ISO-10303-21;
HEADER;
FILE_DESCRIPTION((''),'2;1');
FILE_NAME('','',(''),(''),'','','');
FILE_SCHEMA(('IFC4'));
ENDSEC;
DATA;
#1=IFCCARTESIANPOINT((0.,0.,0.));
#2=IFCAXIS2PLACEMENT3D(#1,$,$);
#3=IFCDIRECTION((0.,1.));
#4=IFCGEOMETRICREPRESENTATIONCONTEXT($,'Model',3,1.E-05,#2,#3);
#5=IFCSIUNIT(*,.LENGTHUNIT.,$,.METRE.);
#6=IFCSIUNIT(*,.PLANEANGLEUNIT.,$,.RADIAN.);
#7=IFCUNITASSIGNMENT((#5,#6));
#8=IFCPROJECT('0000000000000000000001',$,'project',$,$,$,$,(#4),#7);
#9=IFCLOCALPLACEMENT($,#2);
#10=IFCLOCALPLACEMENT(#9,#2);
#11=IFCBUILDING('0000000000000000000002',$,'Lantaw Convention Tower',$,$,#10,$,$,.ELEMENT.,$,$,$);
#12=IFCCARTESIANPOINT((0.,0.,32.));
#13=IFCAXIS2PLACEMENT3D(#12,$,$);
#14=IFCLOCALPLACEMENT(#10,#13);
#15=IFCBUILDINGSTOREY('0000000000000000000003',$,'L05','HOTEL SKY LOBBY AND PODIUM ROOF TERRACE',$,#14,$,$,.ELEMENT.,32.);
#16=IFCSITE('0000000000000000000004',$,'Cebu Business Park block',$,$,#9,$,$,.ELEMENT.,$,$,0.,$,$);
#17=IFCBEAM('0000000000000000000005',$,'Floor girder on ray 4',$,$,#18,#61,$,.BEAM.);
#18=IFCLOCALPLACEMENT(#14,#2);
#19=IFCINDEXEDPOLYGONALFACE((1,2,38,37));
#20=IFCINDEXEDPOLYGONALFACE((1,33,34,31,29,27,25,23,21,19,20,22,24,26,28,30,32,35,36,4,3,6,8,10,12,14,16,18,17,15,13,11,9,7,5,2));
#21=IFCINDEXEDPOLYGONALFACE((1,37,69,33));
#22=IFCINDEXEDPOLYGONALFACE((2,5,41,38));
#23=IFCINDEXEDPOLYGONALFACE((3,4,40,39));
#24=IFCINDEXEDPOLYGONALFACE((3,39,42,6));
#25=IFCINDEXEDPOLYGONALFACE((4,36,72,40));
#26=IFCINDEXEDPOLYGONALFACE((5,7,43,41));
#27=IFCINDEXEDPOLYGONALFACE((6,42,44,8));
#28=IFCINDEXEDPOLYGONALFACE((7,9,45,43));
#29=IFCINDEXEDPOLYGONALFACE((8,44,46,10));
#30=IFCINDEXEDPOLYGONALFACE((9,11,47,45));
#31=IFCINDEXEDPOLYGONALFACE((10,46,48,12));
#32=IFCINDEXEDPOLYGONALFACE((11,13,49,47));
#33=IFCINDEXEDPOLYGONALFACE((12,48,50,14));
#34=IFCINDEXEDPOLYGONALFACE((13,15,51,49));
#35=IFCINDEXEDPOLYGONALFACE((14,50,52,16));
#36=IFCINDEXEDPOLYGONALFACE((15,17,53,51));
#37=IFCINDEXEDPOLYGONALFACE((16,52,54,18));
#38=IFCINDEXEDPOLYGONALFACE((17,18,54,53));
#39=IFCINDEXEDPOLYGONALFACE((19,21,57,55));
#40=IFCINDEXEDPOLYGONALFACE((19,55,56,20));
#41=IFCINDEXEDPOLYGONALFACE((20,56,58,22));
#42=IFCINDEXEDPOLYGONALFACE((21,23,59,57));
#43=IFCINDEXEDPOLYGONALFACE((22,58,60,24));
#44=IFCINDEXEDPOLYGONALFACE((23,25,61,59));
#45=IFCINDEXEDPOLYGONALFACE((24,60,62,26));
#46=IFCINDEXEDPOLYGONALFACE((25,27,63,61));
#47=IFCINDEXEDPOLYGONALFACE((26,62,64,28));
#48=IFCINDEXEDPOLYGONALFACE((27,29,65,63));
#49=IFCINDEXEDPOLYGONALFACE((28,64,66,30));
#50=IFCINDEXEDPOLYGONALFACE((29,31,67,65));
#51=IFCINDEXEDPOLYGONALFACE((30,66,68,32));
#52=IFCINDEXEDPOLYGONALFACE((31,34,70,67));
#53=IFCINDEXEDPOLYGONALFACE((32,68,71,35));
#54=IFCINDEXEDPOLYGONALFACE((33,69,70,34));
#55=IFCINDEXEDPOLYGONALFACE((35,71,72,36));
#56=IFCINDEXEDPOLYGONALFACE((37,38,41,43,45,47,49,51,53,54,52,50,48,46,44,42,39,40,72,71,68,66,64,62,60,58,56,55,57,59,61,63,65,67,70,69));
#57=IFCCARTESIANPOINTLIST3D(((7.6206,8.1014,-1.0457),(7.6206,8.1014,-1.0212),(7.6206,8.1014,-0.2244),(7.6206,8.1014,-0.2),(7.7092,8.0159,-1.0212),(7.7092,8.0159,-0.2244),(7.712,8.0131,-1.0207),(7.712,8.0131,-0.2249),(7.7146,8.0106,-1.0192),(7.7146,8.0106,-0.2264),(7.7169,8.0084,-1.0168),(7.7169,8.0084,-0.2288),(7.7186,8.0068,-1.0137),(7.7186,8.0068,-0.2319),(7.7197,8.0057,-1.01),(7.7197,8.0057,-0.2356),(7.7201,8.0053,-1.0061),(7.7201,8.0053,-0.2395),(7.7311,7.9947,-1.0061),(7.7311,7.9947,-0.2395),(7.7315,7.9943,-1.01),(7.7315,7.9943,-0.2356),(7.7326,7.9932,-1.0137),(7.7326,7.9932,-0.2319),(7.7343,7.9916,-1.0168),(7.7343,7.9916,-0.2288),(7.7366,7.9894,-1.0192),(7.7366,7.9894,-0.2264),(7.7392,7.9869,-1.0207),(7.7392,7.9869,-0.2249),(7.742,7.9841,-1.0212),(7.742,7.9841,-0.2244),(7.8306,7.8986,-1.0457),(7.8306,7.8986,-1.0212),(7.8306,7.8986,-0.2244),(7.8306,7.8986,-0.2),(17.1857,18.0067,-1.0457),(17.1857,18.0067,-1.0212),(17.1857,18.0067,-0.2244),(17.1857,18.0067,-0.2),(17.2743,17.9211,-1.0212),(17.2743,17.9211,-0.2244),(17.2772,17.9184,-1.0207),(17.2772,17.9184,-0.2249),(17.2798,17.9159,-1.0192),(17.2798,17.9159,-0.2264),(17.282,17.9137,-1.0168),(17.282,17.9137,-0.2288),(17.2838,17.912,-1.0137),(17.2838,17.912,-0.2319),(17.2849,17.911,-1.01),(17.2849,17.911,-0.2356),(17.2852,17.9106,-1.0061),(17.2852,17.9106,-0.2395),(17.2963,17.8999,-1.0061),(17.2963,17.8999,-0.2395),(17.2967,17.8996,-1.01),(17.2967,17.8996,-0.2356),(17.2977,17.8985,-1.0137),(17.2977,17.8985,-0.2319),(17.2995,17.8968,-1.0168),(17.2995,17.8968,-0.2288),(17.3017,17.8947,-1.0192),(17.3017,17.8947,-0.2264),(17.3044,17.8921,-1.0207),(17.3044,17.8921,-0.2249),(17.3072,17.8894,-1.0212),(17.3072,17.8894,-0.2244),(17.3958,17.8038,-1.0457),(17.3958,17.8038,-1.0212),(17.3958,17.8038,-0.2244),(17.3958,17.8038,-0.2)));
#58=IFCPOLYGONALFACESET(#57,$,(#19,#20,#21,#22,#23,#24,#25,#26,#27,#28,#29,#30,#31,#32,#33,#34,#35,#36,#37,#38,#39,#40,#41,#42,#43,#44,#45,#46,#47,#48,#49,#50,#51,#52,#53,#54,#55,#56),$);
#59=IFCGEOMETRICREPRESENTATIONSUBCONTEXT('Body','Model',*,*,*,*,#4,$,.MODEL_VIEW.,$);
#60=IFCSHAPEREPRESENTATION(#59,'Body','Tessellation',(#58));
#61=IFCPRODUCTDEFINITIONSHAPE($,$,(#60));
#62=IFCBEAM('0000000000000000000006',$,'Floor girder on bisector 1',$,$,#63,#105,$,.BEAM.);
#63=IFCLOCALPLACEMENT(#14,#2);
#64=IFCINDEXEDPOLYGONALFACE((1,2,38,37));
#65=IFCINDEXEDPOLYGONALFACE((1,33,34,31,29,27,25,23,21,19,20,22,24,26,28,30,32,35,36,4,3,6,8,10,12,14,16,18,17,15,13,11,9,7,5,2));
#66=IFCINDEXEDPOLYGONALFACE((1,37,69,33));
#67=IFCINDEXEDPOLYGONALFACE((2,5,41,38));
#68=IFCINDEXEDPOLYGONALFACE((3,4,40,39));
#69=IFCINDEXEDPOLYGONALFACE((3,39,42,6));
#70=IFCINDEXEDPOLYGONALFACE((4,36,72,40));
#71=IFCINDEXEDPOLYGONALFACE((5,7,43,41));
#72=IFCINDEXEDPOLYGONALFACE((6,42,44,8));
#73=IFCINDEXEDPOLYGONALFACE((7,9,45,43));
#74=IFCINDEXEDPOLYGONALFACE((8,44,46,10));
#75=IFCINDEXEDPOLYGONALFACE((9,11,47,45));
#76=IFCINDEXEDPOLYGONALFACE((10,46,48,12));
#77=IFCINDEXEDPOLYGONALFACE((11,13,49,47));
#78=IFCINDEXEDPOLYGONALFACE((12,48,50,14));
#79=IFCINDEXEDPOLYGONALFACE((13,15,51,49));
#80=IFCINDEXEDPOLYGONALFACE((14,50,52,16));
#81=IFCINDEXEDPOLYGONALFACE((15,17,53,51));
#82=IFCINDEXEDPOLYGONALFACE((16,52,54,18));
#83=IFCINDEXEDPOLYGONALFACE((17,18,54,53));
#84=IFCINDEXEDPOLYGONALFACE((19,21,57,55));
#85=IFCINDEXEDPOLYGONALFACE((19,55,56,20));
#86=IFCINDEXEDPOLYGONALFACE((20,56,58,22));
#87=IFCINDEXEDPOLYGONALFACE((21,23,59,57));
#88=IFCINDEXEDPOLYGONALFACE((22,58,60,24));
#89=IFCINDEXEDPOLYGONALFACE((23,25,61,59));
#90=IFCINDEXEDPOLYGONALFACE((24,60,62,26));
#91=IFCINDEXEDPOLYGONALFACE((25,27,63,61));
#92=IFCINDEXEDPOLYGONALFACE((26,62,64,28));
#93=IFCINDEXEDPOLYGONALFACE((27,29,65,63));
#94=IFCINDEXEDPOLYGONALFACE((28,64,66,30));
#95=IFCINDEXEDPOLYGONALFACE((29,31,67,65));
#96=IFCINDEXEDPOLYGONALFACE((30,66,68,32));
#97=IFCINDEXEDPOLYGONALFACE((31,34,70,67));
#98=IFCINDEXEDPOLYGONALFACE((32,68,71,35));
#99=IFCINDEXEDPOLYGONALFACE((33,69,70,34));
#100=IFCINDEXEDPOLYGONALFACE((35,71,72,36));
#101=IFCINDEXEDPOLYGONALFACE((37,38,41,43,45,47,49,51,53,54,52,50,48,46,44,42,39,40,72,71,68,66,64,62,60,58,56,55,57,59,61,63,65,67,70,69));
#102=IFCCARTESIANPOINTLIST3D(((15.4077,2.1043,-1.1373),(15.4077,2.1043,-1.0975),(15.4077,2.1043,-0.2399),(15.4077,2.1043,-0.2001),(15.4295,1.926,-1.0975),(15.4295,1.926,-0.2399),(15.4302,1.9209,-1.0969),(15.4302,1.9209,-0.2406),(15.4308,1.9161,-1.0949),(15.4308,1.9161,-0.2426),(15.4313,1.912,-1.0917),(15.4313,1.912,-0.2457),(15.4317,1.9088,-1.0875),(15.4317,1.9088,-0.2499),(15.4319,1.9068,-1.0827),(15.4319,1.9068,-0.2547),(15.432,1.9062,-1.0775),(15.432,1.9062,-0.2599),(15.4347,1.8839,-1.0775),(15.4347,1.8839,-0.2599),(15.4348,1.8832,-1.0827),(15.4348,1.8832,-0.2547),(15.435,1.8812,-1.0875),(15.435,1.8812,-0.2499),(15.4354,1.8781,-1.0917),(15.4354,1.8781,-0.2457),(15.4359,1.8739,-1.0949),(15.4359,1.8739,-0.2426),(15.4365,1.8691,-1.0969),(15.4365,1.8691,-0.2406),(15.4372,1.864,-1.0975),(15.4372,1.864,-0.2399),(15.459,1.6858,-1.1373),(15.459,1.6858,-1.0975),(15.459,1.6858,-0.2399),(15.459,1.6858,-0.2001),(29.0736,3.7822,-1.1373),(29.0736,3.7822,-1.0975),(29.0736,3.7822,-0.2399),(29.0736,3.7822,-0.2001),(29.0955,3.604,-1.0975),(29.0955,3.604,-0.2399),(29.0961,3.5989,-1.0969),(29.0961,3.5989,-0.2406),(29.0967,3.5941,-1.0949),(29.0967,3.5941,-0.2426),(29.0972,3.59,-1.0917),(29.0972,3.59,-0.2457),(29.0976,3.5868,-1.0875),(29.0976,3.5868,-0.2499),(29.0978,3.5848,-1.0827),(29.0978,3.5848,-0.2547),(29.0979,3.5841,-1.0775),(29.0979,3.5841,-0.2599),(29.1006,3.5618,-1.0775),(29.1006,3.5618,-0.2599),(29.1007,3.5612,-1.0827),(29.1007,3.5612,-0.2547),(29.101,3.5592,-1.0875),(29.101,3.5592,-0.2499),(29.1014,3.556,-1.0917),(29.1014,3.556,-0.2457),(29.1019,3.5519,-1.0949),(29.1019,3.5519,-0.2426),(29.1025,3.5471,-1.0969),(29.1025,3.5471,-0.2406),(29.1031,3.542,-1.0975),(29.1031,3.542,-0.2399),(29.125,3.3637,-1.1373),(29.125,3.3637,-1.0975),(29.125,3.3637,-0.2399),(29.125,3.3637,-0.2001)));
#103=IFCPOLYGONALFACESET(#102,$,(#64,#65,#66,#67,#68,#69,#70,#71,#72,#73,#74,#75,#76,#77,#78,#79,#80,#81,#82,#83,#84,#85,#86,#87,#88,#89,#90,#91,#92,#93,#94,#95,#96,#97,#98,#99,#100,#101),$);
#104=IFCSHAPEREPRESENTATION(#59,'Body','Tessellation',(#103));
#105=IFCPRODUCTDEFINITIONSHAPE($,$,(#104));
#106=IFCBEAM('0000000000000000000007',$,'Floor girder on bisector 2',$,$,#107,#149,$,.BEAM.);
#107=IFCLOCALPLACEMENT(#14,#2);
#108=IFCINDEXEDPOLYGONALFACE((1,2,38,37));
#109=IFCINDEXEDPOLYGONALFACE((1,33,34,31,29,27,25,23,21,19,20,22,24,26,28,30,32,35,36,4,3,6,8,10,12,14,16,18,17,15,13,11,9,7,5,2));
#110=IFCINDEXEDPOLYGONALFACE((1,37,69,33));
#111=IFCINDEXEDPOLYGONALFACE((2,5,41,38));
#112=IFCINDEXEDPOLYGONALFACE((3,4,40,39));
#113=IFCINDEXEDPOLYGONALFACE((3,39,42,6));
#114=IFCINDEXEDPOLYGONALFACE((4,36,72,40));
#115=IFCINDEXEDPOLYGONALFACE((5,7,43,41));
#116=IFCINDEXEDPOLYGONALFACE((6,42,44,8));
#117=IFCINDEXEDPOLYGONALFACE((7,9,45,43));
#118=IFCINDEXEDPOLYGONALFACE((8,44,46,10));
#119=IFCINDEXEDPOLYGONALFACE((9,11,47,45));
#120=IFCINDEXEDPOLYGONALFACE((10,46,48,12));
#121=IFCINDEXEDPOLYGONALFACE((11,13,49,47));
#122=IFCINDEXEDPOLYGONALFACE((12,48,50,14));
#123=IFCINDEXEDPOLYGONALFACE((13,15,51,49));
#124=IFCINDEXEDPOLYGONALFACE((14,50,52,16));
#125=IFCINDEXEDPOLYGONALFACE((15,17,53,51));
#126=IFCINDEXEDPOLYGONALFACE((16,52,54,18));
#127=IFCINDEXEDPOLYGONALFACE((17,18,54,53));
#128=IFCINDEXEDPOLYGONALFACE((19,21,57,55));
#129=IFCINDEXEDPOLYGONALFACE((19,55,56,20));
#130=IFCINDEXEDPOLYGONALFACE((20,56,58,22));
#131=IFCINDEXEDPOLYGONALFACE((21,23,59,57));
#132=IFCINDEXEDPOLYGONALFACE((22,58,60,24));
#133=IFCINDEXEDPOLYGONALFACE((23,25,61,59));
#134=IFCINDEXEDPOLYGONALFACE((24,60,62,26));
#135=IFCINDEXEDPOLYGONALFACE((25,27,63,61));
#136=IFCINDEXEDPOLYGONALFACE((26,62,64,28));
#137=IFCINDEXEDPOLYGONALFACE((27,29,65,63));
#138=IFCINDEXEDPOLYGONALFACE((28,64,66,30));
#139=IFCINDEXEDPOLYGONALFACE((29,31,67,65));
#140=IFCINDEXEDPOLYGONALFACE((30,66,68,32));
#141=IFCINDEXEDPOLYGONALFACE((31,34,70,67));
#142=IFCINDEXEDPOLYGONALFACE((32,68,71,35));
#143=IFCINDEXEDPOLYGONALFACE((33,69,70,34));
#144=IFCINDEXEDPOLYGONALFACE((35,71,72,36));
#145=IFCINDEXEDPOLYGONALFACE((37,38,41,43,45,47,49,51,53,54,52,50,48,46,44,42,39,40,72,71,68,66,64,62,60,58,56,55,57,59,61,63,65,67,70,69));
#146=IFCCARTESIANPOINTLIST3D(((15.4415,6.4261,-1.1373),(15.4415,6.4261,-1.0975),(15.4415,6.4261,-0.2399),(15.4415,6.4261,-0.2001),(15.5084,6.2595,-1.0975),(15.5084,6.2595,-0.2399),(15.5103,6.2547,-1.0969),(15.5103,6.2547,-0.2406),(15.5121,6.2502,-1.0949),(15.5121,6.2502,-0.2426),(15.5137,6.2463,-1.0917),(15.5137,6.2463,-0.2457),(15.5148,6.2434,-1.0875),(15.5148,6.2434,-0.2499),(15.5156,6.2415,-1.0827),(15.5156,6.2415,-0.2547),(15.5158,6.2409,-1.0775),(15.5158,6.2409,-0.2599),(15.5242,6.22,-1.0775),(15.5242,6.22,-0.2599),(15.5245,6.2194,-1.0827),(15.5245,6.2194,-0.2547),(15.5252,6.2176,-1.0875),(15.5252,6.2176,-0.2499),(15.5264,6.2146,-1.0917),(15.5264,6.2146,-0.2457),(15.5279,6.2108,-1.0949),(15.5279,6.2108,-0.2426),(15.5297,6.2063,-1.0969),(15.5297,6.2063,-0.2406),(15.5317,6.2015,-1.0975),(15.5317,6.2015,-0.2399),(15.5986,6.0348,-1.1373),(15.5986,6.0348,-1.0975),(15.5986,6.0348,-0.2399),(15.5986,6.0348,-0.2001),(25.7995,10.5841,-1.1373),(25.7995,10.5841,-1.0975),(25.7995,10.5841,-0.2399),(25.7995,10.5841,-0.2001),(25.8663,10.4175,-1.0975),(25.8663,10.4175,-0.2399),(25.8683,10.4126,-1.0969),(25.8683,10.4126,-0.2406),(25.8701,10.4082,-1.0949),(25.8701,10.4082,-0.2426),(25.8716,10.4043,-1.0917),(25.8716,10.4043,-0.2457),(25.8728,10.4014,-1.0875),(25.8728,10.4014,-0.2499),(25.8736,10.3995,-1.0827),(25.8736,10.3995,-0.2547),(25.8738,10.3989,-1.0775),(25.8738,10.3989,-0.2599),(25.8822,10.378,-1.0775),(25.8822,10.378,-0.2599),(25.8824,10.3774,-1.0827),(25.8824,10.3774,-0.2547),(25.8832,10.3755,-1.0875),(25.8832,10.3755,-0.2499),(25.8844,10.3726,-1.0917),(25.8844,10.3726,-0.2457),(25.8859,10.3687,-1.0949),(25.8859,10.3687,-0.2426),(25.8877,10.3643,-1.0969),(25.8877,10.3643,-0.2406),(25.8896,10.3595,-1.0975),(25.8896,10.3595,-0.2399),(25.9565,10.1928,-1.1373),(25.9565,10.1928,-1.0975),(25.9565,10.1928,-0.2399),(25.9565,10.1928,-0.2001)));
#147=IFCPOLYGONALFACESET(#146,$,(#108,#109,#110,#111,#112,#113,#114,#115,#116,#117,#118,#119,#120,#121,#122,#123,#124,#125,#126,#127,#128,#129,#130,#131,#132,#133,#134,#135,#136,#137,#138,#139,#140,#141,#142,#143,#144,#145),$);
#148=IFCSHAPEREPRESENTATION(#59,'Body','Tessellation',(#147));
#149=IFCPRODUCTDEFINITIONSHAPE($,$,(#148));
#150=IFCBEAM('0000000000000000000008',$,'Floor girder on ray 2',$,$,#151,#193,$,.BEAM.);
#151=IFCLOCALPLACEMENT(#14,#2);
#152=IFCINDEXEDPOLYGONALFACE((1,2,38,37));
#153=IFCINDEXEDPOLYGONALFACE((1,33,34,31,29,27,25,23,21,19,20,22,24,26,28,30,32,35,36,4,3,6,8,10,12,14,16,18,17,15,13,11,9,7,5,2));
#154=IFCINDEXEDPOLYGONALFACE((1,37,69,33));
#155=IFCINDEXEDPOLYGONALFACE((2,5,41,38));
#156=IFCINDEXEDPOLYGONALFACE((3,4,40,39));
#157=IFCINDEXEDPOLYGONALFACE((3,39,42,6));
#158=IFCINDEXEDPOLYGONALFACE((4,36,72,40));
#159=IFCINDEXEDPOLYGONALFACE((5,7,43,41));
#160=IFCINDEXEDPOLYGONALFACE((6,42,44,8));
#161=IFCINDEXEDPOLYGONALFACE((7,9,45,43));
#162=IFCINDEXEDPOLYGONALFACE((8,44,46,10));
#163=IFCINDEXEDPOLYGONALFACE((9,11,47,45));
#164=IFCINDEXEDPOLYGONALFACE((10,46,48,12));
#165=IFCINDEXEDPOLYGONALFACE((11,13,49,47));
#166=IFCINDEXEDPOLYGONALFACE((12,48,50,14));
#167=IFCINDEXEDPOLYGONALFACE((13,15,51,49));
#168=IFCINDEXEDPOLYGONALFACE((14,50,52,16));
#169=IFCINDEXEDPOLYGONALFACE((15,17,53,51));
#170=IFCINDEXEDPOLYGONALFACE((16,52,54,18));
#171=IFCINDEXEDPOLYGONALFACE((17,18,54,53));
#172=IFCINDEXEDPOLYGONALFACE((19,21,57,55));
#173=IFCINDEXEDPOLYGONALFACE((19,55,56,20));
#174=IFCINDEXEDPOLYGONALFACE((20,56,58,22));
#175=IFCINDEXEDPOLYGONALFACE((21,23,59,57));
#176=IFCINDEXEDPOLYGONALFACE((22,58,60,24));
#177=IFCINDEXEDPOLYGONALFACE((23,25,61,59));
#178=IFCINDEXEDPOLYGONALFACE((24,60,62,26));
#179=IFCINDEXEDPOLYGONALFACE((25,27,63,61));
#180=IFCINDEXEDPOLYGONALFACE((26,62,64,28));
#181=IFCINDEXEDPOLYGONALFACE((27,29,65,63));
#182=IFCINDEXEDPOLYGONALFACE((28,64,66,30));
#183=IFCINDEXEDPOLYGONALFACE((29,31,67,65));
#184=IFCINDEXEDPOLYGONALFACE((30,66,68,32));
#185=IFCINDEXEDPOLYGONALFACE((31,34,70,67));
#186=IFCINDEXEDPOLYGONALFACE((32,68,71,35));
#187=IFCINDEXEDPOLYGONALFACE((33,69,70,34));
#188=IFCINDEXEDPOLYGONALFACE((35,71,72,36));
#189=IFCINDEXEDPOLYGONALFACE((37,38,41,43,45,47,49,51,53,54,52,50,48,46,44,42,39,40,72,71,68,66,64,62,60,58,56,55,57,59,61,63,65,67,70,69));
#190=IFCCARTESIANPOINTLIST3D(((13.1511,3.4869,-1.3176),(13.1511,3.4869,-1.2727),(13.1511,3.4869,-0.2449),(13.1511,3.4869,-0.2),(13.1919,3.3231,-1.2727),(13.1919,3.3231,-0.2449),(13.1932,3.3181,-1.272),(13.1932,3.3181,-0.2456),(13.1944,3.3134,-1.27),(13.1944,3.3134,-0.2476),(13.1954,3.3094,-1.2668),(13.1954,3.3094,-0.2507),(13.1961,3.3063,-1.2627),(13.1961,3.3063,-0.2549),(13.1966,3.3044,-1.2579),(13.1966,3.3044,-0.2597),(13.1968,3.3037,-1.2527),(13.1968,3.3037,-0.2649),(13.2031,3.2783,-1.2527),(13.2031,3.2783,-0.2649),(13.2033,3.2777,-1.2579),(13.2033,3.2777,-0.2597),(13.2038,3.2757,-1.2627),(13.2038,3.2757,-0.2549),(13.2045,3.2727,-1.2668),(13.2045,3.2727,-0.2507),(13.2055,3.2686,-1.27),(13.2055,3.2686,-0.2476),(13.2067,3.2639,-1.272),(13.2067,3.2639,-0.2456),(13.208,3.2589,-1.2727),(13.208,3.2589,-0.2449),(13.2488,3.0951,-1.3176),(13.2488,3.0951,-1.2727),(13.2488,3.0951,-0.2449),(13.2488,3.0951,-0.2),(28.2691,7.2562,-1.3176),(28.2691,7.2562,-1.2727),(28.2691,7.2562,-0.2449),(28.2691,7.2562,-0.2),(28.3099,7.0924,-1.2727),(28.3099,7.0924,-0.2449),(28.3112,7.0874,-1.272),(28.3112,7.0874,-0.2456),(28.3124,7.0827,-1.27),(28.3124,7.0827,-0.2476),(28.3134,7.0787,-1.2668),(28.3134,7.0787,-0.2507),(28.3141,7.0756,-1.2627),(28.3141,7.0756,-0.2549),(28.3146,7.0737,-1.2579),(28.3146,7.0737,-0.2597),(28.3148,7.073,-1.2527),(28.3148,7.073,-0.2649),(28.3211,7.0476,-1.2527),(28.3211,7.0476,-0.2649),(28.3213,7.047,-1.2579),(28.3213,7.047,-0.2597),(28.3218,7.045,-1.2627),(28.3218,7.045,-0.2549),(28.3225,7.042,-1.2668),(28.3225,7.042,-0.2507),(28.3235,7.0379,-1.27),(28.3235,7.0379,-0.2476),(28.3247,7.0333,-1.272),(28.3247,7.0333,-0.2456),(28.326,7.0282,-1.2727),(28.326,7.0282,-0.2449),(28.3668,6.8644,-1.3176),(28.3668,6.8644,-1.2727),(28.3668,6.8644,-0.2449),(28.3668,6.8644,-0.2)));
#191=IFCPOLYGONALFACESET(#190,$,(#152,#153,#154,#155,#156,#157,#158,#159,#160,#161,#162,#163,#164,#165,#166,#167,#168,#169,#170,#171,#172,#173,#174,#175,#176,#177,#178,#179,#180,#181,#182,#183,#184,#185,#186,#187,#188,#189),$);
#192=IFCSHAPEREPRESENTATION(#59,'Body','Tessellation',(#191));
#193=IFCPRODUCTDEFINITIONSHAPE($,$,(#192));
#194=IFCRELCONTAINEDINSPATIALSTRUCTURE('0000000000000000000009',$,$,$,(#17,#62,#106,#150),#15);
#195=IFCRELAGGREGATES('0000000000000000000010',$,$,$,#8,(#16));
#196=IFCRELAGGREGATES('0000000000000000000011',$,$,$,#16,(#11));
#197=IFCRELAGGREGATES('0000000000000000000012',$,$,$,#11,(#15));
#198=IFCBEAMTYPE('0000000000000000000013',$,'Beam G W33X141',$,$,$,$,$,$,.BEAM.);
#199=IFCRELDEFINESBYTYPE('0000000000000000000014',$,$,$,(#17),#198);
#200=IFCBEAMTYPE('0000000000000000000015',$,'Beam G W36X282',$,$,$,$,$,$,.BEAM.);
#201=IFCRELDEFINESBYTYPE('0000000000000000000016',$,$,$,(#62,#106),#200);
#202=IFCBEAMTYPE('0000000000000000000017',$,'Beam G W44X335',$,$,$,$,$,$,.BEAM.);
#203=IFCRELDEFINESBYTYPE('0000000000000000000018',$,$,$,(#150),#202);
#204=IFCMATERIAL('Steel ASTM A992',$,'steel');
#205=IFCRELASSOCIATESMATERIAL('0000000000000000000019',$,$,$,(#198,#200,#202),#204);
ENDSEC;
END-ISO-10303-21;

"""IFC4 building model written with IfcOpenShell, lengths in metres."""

from ifc_helpers import new_model, si_unit, direction, frame, origin, origin_2d, place, context, subcontext, project, spatial, i_section, extrude, material, material_profile, profile_set, type_object, element, save


model = new_model("IFC4")

# Units and contexts
model_context = context("Model", 3, precision=1e-05, world=origin(), true_north=direction((0.0, 1.0)))
body_context = subcontext(model_context, "Body", "Model", "MODEL_VIEW")
ifc_project = project(units=[si_unit("LENGTHUNIT", "METRE"), si_unit("PLANEANGLEUNIT", "RADIAN")], contexts=[model_context])

# Site, building, storey
site_placement = place(None, origin())
site = spatial("IfcSite", under=ifc_project, at=site_placement, Name="Cebu Business Park block", CompositionType="ELEMENT", RefElevation=0.0)
building_placement = place(site_placement, origin())
building = spatial("IfcBuilding", under=site, at=building_placement, Name="Lantaw Convention Tower", CompositionType="ELEMENT")
storey_placement = place(building_placement, frame((0.0, 0.0, 32.0)))
storey = spatial("IfcBuildingStorey", under=building, at=storey_placement, Name="L05", Description="HOTEL SKY LOBBY AND PODIUM ROOF TERRACE", CompositionType="ELEMENT", Elevation=32.0)

# Beams
ifc_material_1 = material(Name="Steel ASTM A992", Category="steel")
ifc_material_profile_1 = material_profile(ifc_material_1, i_section(OverallWidth=0.292, OverallDepth=0.8457, WebThickness=0.0154, FlangeThickness=0.0244, FilletRadius=0.0151, at=origin_2d()), Name="W33X141")
ifc_profile_set_1 = profile_set([ifc_material_profile_1], Name="Steel ASTM A992")
beam_type_1 = type_object("IfcBeamType", Name="Beam G W33X141", PredefinedType="BEAM", material=ifc_profile_set_1)
beam_1_placement = place(storey_placement, frame((7.7256, 8.0, -0.6228), z_axis=(0.69465, 0.719348, 0.0), x_axis=(-0.719348, 0.69465, 0.0)))
element("IfcBeam", 1, at=beam_1_placement, inside=storey, type_object=beam_type_1, Name="Floor girder on ray 4", PredefinedType="BEAM", context=body_context, shape_type="SweptSolid", body=[
    extrude(i_section(OverallWidth=0.292, OverallDepth=0.8457, WebThickness=0.0154, FlangeThickness=0.0244, FilletRadius=0.0151, at=origin_2d()), origin(), (0.0, 0.0, 1.0), 13.7698),
])
ifc_material_profile_2 = material_profile(ifc_material_1, i_section(OverallWidth=0.4216, OverallDepth=0.9373, WebThickness=0.0225, FlangeThickness=0.0398, FilletRadius=0.02, at=origin_2d()), Name="W36X282")
ifc_profile_set_2 = profile_set([ifc_material_profile_2], Name="Steel ASTM A992")
beam_type_2 = type_object("IfcBeamType", Name="Beam G W36X282", PredefinedType="BEAM", material=ifc_profile_set_2)
beam_2_placement = place(storey_placement, frame((15.4333, 1.895, -0.6687), z_axis=(0.992546, 0.12187, 0.0), x_axis=(-0.12187, 0.992546, 0.0)))
element("IfcBeam", 2, at=beam_2_placement, inside=storey, type_object=beam_type_2, Name="Floor girder on bisector 1", PredefinedType="BEAM", context=body_context, shape_type="SweptSolid", body=[
    extrude(i_section(OverallWidth=0.4216, OverallDepth=0.9373, WebThickness=0.0225, FlangeThickness=0.0398, FilletRadius=0.02, at=origin_2d()), origin(), (0.0, 0.0, 1.0), 13.7686),
])
beam_3_placement = place(storey_placement, frame((15.52, 6.2305, -0.6687), z_axis=(0.928019, 0.372533, 0.0), x_axis=(-0.372533, 0.928019, 0.0)))
element("IfcBeam", 3, at=beam_3_placement, inside=storey, type_object=beam_type_2, Name="Floor girder on bisector 2", PredefinedType="BEAM", context=body_context, shape_type="SweptSolid", body=[
    extrude(i_section(OverallWidth=0.4216, OverallDepth=0.9373, WebThickness=0.0225, FlangeThickness=0.0398, FilletRadius=0.02, at=origin_2d()), origin(), (0.0, 0.0, 1.0), 11.1614),
])
ifc_material_profile_3 = material_profile(ifc_material_1, i_section(OverallWidth=0.4038, OverallDepth=1.1177, WebThickness=0.0261, FlangeThickness=0.0449, FilletRadius=0.02, at=origin_2d()), Name="W44X335")
ifc_profile_set_3 = profile_set([ifc_material_profile_3], Name="Steel ASTM A992")
beam_type_3 = type_object("IfcBeamType", Name="Beam G W44X335", PredefinedType="BEAM", material=ifc_profile_set_3)
beam_4_placement = place(storey_placement, frame((13.2, 3.291, -0.7588), z_axis=(0.970296, 0.24192, 0.0), x_axis=(-0.24192, 0.970296, 0.0)))
element("IfcBeam", 4, at=beam_4_placement, inside=storey, type_object=beam_type_3, Name="Floor girder on ray 2", PredefinedType="BEAM", context=body_context, shape_type="SweptSolid", body=[
    extrude(i_section(OverallWidth=0.4038, OverallDepth=1.1177, WebThickness=0.0261, FlangeThickness=0.0449, FilletRadius=0.02, at=origin_2d()), origin(), (0.0, 0.0, 1.0), 15.5808),
])

save(model, "model.ifc")
